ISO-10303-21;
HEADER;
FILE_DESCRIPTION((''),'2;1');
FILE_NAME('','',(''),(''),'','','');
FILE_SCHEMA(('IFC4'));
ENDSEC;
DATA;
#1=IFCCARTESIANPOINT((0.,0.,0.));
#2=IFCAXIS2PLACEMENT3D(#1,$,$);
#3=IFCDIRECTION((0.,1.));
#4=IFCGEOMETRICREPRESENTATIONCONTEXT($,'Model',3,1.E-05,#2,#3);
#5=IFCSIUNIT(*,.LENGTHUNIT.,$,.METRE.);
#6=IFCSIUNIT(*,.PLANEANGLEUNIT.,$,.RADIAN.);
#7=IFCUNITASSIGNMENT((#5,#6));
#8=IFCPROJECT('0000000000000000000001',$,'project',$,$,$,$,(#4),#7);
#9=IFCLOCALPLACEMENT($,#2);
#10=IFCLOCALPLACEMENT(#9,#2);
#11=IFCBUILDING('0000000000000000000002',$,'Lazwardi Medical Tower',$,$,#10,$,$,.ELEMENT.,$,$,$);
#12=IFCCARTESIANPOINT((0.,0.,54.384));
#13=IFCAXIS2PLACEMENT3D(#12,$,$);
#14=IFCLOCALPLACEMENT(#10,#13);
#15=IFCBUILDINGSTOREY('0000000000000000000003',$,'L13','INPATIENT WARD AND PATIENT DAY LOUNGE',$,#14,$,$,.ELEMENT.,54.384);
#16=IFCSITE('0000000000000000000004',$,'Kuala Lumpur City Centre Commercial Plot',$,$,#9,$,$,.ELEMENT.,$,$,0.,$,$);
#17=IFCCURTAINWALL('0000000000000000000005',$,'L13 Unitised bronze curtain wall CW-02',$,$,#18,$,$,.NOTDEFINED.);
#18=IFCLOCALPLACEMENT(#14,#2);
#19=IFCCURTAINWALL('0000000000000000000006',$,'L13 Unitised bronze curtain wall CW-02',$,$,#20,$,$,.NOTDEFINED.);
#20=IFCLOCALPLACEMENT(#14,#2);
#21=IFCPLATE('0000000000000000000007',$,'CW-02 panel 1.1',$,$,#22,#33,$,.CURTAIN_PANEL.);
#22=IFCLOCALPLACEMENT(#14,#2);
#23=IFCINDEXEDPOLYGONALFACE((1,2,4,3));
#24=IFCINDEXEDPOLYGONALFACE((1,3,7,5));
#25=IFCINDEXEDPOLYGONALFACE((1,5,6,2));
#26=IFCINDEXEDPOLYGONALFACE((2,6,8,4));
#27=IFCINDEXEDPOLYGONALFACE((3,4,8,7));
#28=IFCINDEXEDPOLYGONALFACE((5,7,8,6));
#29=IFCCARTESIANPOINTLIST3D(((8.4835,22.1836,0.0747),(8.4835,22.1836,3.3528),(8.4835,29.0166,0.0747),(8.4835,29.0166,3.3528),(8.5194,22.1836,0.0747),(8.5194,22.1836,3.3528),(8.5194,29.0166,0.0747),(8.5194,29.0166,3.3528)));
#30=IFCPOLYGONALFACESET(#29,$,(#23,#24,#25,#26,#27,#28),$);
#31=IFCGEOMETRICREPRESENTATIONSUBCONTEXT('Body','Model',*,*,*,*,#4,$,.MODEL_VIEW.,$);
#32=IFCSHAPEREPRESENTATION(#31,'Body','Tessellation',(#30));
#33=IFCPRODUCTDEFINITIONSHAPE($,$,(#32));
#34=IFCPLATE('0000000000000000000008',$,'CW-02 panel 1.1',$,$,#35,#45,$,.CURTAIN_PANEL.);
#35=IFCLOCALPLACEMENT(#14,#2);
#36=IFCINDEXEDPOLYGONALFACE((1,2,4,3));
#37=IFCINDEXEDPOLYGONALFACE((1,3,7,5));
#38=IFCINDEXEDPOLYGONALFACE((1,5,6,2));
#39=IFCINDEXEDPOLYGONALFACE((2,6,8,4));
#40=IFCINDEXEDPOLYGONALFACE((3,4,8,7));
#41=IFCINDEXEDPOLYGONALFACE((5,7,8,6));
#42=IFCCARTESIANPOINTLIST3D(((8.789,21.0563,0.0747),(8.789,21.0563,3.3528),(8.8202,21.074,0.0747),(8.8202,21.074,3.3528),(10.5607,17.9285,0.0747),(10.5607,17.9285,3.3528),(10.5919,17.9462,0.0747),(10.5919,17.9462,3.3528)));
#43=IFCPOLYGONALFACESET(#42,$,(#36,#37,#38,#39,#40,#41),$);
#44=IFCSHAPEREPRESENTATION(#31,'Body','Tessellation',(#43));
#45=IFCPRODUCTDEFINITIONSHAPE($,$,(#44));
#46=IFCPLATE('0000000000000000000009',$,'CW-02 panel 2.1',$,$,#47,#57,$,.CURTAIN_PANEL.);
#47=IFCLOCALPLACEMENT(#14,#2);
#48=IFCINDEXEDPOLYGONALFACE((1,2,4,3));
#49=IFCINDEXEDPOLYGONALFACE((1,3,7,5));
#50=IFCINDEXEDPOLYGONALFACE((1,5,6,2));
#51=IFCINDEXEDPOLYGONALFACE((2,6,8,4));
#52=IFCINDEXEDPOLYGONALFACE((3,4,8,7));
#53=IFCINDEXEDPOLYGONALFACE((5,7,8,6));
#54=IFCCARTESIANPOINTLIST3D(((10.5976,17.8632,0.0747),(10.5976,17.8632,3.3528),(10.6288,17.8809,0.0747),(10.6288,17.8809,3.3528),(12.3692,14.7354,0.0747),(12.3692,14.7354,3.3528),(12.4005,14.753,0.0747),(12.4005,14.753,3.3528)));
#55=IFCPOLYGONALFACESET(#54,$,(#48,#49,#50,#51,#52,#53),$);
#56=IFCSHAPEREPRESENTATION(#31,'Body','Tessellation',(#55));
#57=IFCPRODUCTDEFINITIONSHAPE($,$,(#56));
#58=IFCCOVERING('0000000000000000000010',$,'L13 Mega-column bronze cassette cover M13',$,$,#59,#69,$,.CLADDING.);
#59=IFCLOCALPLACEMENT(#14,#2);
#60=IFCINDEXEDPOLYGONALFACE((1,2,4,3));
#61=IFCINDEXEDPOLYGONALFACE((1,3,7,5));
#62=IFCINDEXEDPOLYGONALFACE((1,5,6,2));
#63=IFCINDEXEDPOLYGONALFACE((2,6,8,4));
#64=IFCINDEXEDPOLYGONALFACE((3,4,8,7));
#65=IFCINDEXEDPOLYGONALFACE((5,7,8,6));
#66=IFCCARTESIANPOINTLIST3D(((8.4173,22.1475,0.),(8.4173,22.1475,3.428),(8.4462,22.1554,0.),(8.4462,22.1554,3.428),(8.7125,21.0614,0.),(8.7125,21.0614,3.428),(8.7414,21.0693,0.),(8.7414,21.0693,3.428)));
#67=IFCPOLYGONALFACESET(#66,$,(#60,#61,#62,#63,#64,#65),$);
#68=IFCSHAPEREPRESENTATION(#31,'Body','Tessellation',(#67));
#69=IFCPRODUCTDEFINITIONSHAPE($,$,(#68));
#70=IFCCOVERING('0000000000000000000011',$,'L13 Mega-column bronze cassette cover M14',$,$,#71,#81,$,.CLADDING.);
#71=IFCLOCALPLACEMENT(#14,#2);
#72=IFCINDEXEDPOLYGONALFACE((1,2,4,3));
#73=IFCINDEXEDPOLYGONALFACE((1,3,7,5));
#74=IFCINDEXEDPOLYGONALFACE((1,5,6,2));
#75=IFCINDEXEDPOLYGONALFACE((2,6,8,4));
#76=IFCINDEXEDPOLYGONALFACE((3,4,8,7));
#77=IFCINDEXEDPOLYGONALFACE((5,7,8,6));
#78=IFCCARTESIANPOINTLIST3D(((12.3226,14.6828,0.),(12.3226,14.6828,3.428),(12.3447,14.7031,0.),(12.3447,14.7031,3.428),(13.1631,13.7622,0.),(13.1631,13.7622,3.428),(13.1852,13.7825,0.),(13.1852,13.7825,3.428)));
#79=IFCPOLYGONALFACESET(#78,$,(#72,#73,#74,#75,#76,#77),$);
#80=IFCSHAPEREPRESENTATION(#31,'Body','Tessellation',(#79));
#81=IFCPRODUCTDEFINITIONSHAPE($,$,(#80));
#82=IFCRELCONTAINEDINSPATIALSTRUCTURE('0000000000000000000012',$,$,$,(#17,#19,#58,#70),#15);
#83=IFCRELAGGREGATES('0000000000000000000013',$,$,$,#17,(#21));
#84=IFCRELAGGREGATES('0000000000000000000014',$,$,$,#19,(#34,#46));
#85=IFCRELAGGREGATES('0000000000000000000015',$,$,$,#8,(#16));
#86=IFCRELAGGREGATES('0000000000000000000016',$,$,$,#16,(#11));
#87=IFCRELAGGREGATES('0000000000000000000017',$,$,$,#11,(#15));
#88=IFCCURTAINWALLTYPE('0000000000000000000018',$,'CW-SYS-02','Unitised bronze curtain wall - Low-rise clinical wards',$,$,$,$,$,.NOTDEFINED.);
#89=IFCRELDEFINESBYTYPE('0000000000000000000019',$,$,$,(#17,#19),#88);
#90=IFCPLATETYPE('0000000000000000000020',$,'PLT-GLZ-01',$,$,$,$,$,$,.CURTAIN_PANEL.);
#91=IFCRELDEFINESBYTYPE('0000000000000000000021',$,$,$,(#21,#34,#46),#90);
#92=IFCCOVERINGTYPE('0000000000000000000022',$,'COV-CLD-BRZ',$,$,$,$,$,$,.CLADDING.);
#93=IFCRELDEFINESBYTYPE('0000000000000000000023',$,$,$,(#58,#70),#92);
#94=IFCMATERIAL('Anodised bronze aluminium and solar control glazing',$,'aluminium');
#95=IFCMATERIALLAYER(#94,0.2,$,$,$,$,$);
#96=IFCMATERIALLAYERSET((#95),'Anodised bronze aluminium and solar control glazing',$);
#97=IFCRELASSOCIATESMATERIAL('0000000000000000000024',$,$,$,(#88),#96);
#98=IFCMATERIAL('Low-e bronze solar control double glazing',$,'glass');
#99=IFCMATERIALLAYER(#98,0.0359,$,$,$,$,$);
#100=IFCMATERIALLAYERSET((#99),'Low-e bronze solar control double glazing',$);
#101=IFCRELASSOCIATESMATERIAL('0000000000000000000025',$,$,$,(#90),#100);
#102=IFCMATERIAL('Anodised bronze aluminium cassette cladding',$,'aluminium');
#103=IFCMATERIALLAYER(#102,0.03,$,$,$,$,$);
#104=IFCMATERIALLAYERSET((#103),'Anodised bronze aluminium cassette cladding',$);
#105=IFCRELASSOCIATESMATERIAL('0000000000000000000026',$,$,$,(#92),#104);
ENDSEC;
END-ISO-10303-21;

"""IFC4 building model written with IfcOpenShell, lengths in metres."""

from ifc_helpers import new_model, si_unit, direction, frame, origin, origin_2d, place, context, subcontext, project, spatial, rectangle, extrude, material, layer, layer_set, type_object, element, aggregate, save


model = new_model("IFC4")

# Units and contexts
model_context = context("Model", 3, precision=1e-05, world=origin(), true_north=direction((0.0, 1.0)))
body_context = subcontext(model_context, "Body", "Model", "MODEL_VIEW")
ifc_project = project(units=[si_unit("LENGTHUNIT", "METRE"), si_unit("PLANEANGLEUNIT", "RADIAN")], contexts=[model_context])

# Site, building, storey
site_placement = place(None, origin())
site = spatial("IfcSite", under=ifc_project, at=site_placement, Name="Kuala Lumpur City Centre Commercial Plot", CompositionType="ELEMENT", RefElevation=0.0)
building_placement = place(site_placement, origin())
building = spatial("IfcBuilding", under=site, at=building_placement, Name="Lazwardi Medical Tower", CompositionType="ELEMENT")
storey_placement = place(building_placement, frame((0.0, 0.0, 54.384)))
storey = spatial("IfcBuildingStorey", under=building, at=storey_placement, Name="L13", Description="INPATIENT WARD AND PATIENT DAY LOUNGE", CompositionType="ELEMENT", Elevation=54.384)

# Curtain wall
ifc_material_1 = material(Name="Anodised bronze aluminium and solar control glazing", Category="aluminium")
ifc_layer_1 = layer(ifc_material_1, 0.2)
ifc_layer_set_1 = layer_set([ifc_layer_1], Name="Anodised bronze aluminium and solar control glazing")
curtain_wall_type = type_object("IfcCurtainWallType", Name="CW-SYS-02", Description="Unitised bronze curtain wall - Low-rise clinical wards", PredefinedType="NOTDEFINED", material=ifc_layer_set_1)
curtain_wall_1_placement = place(storey_placement, origin())
curtain_wall_1 = element("IfcCurtainWall", 1, at=curtain_wall_1_placement, inside=storey, type_object=curtain_wall_type, Name="L13 Unitised bronze curtain wall CW-02", PredefinedType="NOTDEFINED")

# Curtain wall
curtain_wall_2_placement = place(storey_placement, origin())
curtain_wall_2 = element("IfcCurtainWall", 2, at=curtain_wall_2_placement, inside=storey, type_object=curtain_wall_type, Name="L13 Unitised bronze curtain wall CW-02", PredefinedType="NOTDEFINED")

# Plates
ifc_material_2 = material(Name="Low-e bronze solar control double glazing", Category="glass")
ifc_layer_2 = layer(ifc_material_2, 0.0359)
ifc_layer_set_2 = layer_set([ifc_layer_2], Name="Low-e bronze solar control double glazing")
plate_type = type_object("IfcPlateType", Name="PLT-GLZ-01", PredefinedType="CURTAIN_PANEL", material=ifc_layer_set_2)
plate_1_placement = place(storey_placement, frame((8.5015, 25.6001, 0.0747), z_axis=(0.0, 0.0, 1.0), x_axis=(0.0, -1.0, 0.0)))
plate_1 = element("IfcPlate", 3, at=plate_1_placement, type_object=plate_type, Name="CW-02 panel 1.1", PredefinedType="CURTAIN_PANEL", context=body_context, shape_type="SweptSolid", body=[
    extrude(rectangle(XDim=6.833, YDim=0.0359, at=origin_2d()), origin(), (0.0, 0.0, 1.0), 3.2781),
])
aggregate(curtain_wall_1, [plate_1])
plate_2_placement = place(storey_placement, frame((9.6904, 19.5012, 0.0747), z_axis=(0.0, 0.0, 1.0), x_axis=(0.492854, -0.870112, 0.0)))
plate_2 = element("IfcPlate", 4, at=plate_2_placement, type_object=plate_type, Name="CW-02 panel 1.1", PredefinedType="CURTAIN_PANEL", context=body_context, shape_type="SweptSolid", body=[
    extrude(rectangle(XDim=3.5947, YDim=0.0359, at=origin_2d()), origin(), (0.0, 0.0, 1.0), 3.2781),
])
plate_3_placement = place(storey_placement, frame((11.499, 16.3081, 0.0747), z_axis=(0.0, 0.0, 1.0), x_axis=(0.492854, -0.870112, 0.0)))
plate_3 = element("IfcPlate", 5, at=plate_3_placement, type_object=plate_type, Name="CW-02 panel 2.1", PredefinedType="CURTAIN_PANEL", context=body_context, shape_type="SweptSolid", body=[
    extrude(rectangle(XDim=3.5947, YDim=0.0359, at=origin_2d()), origin(), (0.0, 0.0, 1.0), 3.2781),
])
aggregate(curtain_wall_2, [plate_2, plate_3])

# Coverings
ifc_material_3 = material(Name="Anodised bronze aluminium cassette cladding", Category="aluminium")
ifc_layer_3 = layer(ifc_material_3, 0.03)
ifc_layer_set_3 = layer_set([ifc_layer_3], Name="Anodised bronze aluminium cassette cladding")
covering_type = type_object("IfcCoveringType", Name="COV-CLD-BRZ", PredefinedType="CLADDING", material=ifc_layer_set_3)
covering_1_placement = place(storey_placement, frame((8.5793, 21.6084, 0.0), z_axis=(0.0, 0.0, 1.0), x_axis=(0.262283, -0.964991, 0.0)))
element("IfcCovering", 6, at=covering_1_placement, inside=storey, type_object=covering_type, Name="L13 Mega-column bronze cassette cover M13", PredefinedType="CLADDING", context=body_context, shape_type="SweptSolid", body=[
    extrude(rectangle(XDim=1.1255, YDim=0.03, at=origin_2d()), origin(), (0.0, 0.0, 1.0), 3.428),
])
covering_2_placement = place(storey_placement, frame((12.7539, 14.2327, 0.0), z_axis=(0.0, 0.0, 1.0), x_axis=(0.674252, -0.738501, 0.0)))
element("IfcCovering", 7, at=covering_2_placement, inside=storey, type_object=covering_type, Name="L13 Mega-column bronze cassette cover M14", PredefinedType="CLADDING", context=body_context, shape_type="SweptSolid", body=[
    extrude(rectangle(XDim=1.2466, YDim=0.03, at=origin_2d()), origin(), (0.0, 0.0, 1.0), 3.428),
])

save(model, "model.ifc")
